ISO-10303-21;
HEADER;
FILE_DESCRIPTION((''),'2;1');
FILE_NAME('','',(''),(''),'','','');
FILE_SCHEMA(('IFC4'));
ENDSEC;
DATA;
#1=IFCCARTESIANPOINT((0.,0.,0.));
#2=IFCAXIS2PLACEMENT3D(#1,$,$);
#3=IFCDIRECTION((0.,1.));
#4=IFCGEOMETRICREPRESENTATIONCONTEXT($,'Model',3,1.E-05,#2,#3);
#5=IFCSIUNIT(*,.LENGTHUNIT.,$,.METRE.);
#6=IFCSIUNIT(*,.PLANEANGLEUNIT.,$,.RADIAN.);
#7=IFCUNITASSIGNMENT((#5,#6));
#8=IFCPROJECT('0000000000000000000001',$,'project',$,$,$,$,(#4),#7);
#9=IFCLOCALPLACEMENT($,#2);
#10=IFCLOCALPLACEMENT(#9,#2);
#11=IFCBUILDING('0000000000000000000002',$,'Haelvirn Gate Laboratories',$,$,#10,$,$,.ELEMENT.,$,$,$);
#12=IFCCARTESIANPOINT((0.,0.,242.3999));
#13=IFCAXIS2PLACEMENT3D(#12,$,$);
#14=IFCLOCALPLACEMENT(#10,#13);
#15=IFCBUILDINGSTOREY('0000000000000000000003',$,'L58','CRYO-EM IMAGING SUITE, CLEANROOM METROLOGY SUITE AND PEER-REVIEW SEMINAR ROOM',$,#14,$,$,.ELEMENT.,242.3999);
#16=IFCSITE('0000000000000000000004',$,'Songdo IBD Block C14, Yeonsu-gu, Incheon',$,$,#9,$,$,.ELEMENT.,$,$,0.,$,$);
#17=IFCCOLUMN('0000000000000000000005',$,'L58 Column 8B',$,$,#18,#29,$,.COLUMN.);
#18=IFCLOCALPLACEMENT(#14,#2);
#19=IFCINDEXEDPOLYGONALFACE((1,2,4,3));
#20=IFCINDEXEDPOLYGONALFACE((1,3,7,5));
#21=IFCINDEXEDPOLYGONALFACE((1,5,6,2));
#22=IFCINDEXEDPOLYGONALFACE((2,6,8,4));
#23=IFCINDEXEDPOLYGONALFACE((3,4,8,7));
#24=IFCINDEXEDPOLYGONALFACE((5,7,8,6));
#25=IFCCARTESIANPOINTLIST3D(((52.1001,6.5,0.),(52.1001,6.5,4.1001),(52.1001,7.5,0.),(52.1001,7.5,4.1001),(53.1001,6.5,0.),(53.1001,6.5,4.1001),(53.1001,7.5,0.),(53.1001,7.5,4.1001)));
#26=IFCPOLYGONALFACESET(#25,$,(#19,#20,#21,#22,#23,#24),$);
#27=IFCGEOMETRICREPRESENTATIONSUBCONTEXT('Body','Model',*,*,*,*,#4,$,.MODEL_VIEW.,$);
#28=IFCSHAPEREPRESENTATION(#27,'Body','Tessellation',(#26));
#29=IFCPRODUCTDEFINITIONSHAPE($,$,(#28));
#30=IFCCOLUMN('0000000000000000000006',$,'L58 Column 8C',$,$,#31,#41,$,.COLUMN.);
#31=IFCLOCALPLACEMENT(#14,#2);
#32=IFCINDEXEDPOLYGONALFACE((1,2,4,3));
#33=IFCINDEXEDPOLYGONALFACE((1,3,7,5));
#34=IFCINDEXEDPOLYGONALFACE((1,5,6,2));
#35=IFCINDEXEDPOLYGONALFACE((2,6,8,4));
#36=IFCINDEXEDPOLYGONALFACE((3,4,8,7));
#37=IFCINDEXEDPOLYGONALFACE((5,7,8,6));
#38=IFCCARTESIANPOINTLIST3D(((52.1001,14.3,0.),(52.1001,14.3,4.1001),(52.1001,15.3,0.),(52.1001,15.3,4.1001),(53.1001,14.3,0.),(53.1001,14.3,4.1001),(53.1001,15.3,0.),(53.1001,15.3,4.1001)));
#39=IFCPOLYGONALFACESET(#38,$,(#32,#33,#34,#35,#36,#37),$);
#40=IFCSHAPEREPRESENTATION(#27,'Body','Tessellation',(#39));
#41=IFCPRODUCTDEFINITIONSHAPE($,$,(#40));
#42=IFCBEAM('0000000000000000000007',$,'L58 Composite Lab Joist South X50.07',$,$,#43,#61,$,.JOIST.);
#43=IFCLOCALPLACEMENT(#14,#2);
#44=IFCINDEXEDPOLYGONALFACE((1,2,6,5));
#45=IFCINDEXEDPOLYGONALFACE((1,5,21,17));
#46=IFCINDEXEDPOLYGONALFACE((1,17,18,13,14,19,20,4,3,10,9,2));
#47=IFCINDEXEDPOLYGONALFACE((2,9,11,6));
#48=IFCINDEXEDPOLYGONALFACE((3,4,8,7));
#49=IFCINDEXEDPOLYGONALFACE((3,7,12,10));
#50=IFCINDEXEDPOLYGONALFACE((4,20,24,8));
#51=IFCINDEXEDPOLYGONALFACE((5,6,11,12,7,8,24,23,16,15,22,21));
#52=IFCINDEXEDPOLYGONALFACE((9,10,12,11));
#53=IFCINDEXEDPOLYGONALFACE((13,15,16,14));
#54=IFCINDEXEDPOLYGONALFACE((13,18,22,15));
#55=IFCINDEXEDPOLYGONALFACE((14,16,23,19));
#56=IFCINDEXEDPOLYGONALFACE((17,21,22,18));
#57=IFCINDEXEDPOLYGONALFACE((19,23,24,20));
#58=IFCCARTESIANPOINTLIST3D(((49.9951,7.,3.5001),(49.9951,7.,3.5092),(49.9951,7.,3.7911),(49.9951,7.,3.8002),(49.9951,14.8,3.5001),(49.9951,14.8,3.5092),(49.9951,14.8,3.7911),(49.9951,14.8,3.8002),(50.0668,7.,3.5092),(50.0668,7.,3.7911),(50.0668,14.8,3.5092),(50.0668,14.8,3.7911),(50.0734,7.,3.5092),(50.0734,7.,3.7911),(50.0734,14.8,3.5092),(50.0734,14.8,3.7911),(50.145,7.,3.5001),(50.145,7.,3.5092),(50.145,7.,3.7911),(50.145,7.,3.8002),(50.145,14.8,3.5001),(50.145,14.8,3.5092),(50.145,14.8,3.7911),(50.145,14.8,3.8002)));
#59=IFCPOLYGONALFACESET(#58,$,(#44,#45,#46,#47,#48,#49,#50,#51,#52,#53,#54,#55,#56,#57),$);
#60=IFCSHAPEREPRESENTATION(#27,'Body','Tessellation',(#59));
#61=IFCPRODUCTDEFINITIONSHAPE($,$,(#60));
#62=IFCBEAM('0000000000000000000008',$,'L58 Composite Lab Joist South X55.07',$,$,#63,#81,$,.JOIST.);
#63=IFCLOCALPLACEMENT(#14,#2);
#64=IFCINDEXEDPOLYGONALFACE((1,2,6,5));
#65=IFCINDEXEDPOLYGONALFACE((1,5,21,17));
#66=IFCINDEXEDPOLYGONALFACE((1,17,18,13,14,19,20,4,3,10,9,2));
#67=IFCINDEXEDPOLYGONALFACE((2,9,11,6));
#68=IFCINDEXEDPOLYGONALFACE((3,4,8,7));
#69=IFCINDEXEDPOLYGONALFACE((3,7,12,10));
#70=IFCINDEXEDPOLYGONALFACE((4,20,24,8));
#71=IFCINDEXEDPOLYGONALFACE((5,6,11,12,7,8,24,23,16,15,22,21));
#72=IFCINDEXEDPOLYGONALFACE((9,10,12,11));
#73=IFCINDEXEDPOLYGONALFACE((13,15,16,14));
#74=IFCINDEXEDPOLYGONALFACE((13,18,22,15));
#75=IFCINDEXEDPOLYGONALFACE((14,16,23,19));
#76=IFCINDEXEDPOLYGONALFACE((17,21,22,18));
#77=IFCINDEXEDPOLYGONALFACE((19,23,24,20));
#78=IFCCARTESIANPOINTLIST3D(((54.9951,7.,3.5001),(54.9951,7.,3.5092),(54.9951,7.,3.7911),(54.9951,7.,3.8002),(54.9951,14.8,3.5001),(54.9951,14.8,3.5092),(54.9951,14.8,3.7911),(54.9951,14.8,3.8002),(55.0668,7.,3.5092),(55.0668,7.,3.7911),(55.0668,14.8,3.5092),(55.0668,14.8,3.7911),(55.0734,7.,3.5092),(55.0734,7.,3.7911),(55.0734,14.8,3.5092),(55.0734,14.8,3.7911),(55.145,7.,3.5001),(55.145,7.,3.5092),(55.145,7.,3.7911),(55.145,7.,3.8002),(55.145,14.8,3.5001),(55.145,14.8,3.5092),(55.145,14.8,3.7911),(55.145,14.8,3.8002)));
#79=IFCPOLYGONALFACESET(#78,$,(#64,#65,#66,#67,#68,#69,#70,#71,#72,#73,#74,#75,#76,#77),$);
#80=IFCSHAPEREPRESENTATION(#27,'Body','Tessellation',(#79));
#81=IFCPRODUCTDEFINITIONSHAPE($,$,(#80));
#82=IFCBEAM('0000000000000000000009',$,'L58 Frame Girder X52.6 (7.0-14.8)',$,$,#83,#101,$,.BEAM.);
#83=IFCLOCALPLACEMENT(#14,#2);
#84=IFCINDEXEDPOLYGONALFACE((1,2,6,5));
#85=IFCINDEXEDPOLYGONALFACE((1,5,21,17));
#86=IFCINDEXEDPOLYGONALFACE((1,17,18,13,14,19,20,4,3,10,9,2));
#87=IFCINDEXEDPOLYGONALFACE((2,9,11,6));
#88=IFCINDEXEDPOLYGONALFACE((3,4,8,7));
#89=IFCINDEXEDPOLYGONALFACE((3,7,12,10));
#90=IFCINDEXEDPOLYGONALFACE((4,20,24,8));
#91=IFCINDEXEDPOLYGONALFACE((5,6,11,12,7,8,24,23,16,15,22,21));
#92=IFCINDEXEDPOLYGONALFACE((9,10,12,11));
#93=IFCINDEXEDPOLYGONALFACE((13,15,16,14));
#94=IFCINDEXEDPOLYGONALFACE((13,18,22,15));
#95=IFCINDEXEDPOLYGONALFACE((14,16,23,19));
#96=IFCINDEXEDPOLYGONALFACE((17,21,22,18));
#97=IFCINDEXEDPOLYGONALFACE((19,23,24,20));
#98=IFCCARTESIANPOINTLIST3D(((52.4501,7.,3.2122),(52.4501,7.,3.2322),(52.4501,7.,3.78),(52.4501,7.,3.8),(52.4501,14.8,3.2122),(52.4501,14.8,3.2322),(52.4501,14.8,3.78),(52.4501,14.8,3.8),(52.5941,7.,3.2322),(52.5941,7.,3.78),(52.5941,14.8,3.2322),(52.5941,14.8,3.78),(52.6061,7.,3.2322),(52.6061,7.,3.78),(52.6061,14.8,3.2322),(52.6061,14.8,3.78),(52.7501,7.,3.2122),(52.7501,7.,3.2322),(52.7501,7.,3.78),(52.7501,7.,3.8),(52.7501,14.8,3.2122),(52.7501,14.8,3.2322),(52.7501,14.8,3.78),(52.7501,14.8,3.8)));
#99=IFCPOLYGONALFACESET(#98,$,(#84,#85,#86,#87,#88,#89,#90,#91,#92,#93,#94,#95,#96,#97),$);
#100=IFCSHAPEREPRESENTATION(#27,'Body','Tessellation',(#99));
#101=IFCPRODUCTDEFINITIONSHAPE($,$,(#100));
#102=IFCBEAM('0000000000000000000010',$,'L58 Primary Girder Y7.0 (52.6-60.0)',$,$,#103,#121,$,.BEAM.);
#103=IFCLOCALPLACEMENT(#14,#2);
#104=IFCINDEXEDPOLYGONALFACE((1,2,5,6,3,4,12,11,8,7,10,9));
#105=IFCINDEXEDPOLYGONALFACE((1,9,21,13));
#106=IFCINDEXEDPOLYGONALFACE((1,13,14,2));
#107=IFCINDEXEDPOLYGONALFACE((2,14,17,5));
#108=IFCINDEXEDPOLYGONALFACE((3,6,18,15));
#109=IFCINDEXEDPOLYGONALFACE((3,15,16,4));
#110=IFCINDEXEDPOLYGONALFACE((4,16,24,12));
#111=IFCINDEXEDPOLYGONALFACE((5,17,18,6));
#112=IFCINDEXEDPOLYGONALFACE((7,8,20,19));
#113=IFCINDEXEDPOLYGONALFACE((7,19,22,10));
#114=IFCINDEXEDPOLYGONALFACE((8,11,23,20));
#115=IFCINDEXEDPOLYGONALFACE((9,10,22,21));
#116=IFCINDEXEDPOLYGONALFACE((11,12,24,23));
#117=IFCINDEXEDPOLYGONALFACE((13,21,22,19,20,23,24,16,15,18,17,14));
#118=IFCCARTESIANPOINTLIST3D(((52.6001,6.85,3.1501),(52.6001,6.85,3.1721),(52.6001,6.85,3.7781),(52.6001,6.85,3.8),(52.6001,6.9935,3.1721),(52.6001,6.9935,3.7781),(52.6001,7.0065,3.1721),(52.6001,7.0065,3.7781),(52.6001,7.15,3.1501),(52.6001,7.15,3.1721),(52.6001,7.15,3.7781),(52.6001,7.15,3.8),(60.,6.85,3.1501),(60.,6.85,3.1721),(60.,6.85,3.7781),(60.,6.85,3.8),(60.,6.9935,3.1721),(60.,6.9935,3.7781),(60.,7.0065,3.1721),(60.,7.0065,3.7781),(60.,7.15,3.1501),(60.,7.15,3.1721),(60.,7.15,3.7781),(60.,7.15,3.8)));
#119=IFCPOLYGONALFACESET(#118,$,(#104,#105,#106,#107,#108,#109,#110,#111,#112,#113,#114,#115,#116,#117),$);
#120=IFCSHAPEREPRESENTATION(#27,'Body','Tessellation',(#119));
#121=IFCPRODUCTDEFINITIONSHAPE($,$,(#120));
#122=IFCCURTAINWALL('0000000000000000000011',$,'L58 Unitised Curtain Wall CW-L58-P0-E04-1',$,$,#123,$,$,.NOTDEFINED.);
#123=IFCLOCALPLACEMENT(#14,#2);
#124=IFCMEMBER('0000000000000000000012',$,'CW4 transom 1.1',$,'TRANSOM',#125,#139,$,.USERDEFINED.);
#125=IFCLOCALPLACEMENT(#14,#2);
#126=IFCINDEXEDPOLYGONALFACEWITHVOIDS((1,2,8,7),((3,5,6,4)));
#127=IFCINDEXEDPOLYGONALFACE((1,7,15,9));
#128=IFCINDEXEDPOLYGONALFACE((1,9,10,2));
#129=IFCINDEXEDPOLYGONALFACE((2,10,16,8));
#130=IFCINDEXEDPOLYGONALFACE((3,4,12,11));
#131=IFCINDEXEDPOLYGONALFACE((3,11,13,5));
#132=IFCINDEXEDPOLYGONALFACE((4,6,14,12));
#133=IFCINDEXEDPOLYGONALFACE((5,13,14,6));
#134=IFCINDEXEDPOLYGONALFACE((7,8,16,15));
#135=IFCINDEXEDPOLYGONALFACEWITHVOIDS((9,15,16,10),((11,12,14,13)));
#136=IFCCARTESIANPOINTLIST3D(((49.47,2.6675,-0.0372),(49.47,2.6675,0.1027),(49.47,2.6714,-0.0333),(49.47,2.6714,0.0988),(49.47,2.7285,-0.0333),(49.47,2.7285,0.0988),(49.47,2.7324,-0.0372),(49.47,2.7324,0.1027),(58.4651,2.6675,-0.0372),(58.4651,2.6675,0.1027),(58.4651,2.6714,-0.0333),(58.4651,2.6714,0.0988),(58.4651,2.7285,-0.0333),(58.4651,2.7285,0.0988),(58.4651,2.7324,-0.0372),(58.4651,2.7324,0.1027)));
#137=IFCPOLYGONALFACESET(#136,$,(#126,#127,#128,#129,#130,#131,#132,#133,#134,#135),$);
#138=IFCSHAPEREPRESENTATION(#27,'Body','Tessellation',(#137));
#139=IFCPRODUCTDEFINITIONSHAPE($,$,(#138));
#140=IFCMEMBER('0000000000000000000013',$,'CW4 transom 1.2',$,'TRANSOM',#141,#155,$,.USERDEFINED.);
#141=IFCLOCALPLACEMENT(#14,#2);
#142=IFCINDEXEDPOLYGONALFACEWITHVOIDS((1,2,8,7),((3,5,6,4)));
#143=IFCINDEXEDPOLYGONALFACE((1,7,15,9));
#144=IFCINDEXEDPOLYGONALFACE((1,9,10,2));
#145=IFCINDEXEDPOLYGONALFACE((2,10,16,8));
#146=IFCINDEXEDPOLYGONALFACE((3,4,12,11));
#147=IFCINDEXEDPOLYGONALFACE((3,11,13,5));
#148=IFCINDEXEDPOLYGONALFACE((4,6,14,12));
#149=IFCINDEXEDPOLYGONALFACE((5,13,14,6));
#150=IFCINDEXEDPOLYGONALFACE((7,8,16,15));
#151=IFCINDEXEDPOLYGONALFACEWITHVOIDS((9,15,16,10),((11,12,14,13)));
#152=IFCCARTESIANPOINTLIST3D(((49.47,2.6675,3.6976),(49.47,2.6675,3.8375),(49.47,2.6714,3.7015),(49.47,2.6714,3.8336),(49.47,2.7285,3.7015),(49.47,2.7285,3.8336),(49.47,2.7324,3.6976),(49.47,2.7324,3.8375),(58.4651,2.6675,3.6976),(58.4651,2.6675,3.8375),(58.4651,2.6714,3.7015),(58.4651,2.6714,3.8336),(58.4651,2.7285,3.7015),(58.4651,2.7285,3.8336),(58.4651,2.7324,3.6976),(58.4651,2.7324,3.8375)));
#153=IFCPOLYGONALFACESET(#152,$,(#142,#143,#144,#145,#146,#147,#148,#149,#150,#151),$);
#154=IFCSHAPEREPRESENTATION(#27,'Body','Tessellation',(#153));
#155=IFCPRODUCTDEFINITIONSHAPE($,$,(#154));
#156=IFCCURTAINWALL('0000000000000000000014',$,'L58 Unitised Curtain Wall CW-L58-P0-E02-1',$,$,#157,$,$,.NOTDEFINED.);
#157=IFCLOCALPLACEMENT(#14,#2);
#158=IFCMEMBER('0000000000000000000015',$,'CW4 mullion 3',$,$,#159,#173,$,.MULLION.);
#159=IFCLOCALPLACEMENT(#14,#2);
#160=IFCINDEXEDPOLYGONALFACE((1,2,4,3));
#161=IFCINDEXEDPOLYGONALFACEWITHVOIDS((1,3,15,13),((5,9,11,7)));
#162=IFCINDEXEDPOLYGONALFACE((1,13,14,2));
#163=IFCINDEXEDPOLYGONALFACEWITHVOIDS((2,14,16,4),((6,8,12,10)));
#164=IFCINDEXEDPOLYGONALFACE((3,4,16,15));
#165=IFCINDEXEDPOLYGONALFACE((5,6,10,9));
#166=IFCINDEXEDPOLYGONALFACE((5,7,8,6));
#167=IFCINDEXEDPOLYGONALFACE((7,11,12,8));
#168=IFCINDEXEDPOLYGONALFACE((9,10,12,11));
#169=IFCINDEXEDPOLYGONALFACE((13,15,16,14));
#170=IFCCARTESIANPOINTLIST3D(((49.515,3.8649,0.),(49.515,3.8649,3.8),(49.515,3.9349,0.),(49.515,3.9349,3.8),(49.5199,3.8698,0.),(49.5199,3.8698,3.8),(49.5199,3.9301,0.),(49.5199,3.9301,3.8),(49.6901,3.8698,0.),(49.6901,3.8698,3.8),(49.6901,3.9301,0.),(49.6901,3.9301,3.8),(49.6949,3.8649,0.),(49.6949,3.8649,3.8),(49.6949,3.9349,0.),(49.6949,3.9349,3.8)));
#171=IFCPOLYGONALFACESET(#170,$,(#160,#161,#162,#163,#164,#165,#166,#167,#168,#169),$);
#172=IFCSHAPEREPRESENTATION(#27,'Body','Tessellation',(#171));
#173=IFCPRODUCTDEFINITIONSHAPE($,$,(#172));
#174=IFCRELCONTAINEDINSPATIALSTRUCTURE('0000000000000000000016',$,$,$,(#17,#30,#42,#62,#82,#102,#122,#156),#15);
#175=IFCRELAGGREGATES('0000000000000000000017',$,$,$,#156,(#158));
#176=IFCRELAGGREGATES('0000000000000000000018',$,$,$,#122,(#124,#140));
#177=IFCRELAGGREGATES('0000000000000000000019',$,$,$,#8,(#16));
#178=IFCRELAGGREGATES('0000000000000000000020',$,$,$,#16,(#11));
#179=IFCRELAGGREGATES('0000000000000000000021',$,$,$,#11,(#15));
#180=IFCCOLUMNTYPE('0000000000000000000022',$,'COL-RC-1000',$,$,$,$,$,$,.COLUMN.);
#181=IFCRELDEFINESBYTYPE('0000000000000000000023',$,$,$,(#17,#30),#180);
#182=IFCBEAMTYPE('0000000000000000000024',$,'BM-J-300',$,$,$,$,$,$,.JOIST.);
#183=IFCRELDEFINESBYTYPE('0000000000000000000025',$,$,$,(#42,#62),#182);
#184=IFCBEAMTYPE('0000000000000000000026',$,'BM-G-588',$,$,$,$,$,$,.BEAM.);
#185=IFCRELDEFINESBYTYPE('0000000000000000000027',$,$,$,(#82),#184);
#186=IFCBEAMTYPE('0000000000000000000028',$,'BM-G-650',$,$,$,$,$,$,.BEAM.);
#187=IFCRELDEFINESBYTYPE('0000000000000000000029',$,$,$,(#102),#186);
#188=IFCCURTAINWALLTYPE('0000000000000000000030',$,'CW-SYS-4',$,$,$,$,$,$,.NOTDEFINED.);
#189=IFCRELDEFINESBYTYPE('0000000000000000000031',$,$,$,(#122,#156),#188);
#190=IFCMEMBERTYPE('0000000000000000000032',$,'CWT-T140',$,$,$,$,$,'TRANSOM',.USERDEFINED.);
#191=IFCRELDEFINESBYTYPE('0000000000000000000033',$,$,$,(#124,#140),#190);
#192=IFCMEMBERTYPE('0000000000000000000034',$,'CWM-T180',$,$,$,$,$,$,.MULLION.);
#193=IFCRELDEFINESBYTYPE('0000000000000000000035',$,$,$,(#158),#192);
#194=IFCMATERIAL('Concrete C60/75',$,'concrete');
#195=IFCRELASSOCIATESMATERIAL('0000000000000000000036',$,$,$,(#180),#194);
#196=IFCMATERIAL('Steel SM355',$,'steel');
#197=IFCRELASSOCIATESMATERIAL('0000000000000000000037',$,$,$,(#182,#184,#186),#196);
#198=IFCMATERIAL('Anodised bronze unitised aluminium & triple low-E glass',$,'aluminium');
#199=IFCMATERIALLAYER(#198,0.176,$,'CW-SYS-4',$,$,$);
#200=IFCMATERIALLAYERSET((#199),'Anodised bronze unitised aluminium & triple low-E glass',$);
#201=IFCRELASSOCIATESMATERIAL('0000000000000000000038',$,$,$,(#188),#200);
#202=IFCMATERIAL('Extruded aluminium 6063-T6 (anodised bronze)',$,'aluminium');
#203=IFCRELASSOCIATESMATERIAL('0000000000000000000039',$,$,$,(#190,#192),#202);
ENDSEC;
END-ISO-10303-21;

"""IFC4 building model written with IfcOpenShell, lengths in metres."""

from ifc_helpers import new_model, si_unit, direction, frame, origin, origin_2d, place, context, subcontext, project, spatial, rectangle, hollow_rectangle, i_section, extrude, source, transform, mapped, material, layer, layer_set, material_profile, profile_set, type_object, type_shapes, element, aggregate, save


model = new_model("IFC4")

# Units and contexts
model_context = context("Model", 3, precision=1e-05, world=origin(), true_north=direction((0.0, 1.0)))
body_context = subcontext(model_context, "Body", "Model", "MODEL_VIEW")
ifc_project = project(units=[si_unit("LENGTHUNIT", "METRE"), si_unit("PLANEANGLEUNIT", "RADIAN")], contexts=[model_context])

# Site, building, storey
site_placement = place(None, origin())
site = spatial("IfcSite", under=ifc_project, at=site_placement, Name="Songdo IBD Block C14, Yeonsu-gu, Incheon", CompositionType="ELEMENT", RefElevation=0.0)
building_placement = place(site_placement, origin())
building = spatial("IfcBuilding", under=site, at=building_placement, Name="Haelvirn Gate Laboratories", CompositionType="ELEMENT")
storey_placement = place(building_placement, frame((0.0, 0.0, 242.3999)))
storey = spatial("IfcBuildingStorey", under=building, at=storey_placement, Name="L58", Description="CRYO-EM IMAGING SUITE, CLEANROOM METROLOGY SUITE AND PEER-REVIEW SEMINAR ROOM", CompositionType="ELEMENT", Elevation=242.3999)

# Columns
ifc_material_1 = material(Name="Concrete C60/75", Category="concrete")
ifc_material_profile_1 = material_profile(ifc_material_1, rectangle(XDim=1.0, YDim=1.0, at=origin_2d()), Name="RC-1000x1000")
ifc_profile_set_1 = profile_set([ifc_material_profile_1], Name="Concrete C60/75")
column_type = type_object("IfcColumnType", Name="COL-RC-1000", PredefinedType="COLUMN", material=ifc_profile_set_1)
shared_shape_1 = source(origin(), body_context, "Body", "SweptSolid", [
    extrude(rectangle(XDim=1.0, YDim=1.0, at=origin_2d()), origin(), (0.0, 0.0, 1.0), 4.1001),
])
type_shapes(column_type, [shared_shape_1])
for number, where, z_axis, x_axis, name in (
    (1, (52.6001, 7.0, 0.0), (0.0, 0.0, 1.0), (1.0, 0.0, 0.0), "L58 Column 8B"),
    (2, (52.6001, 14.8, 0.0), (0.0, 0.0, 1.0), (1.0, 0.0, 0.0), "L58 Column 8C"),
):
    element("IfcColumn", number, at=place(storey_placement, frame(where, z_axis=z_axis, x_axis=x_axis)), inside=storey, type_object=column_type, Name=name, PredefinedType="COLUMN", context=body_context, shape_type="MappedRepresentation", body=[
        mapped(shared_shape_1, transform((0.0, 0.0, 0.0), scale=1.0)),
    ])

# Beams
ifc_material_2 = material(Name="Steel SM355", Category="steel")
ifc_material_profile_2 = material_profile(ifc_material_2, i_section(OverallWidth=0.1499, OverallDepth=0.3, WebThickness=0.0066, FlangeThickness=0.009, at=origin_2d()), Name="H-300x150x6.5x9")
ifc_profile_set_2 = profile_set([ifc_material_profile_2], Name="Steel SM355")
beam_type_1 = type_object("IfcBeamType", Name="BM-J-300", PredefinedType="JOIST", material=ifc_profile_set_2)
shared_shape_2 = source(origin(), body_context, "Body", "SweptSolid", [
    extrude(i_section(OverallWidth=0.1499, OverallDepth=0.3, WebThickness=0.0066, FlangeThickness=0.009, at=origin_2d()), origin(), (0.0, 0.0, 1.0), 7.8),
])
type_shapes(beam_type_1, [shared_shape_2])
for number, where, z_axis, x_axis, name in (
    (3, (50.0701, 7.0, 3.6501), (0.0, 1.0, 0.0), (-1.0, 0.0, 0.0), "L58 Composite Lab Joist South X50.07"),
    (4, (55.0701, 7.0, 3.6501), (0.0, 1.0, 0.0), (-1.0, 0.0, 0.0), "L58 Composite Lab Joist South X55.07"),
):
    element("IfcBeam", number, at=place(storey_placement, frame(where, z_axis=z_axis, x_axis=x_axis)), inside=storey, type_object=beam_type_1, Name=name, PredefinedType="JOIST", context=body_context, shape_type="MappedRepresentation", body=[
        mapped(shared_shape_2, transform((0.0, 0.0, 0.0), scale=1.0)),
    ])
ifc_material_profile_3 = material_profile(ifc_material_2, i_section(OverallWidth=0.3, OverallDepth=0.5879, WebThickness=0.012, FlangeThickness=0.02, at=origin_2d()), Name="H-588x300x12x20")
ifc_profile_set_3 = profile_set([ifc_material_profile_3], Name="Steel SM355")
beam_type_2 = type_object("IfcBeamType", Name="BM-G-588", PredefinedType="BEAM", material=ifc_profile_set_3)
shared_shape_3 = source(origin(), body_context, "Body", "SweptSolid", [
    extrude(i_section(OverallWidth=0.3, OverallDepth=0.5879, WebThickness=0.012, FlangeThickness=0.02, at=origin_2d()), origin(), (0.0, 0.0, 1.0), 7.8),
])
type_shapes(beam_type_2, [shared_shape_3])
beam_1_placement = place(storey_placement, frame((52.6001, 7.0, 3.5061), z_axis=(0.0, 1.0, 0.0), x_axis=(-1.0, 0.0, 0.0)))
element("IfcBeam", 5, at=beam_1_placement, inside=storey, type_object=beam_type_2, Name="L58 Frame Girder X52.6 (7.0-14.8)", PredefinedType="BEAM", context=body_context, shape_type="MappedRepresentation", body=[
    mapped(shared_shape_3, transform((0.0, 0.0, 0.0), scale=1.0)),
])
ifc_material_profile_4 = material_profile(ifc_material_2, i_section(OverallWidth=0.3, OverallDepth=0.6499, WebThickness=0.0129, FlangeThickness=0.022, at=origin_2d()), Name="H-650x300x13x22")
ifc_profile_set_4 = profile_set([ifc_material_profile_4], Name="Steel SM355")
beam_type_3 = type_object("IfcBeamType", Name="BM-G-650", PredefinedType="BEAM", material=ifc_profile_set_4)
shared_shape_4 = source(origin(), body_context, "Body", "SweptSolid", [
    extrude(i_section(OverallWidth=0.3, OverallDepth=0.6499, WebThickness=0.0129, FlangeThickness=0.022, at=origin_2d()), origin(), (0.0, 0.0, 1.0), 7.3999),
])
type_shapes(beam_type_3, [shared_shape_4])
beam_2_placement = place(storey_placement, frame((52.6001, 7.0, 3.4751), z_axis=(1.0, 0.0, 0.0), x_axis=(0.0, 1.0, 0.0)))
element("IfcBeam", 6, at=beam_2_placement, inside=storey, type_object=beam_type_3, Name="L58 Primary Girder Y7.0 (52.6-60.0)", PredefinedType="BEAM", context=body_context, shape_type="MappedRepresentation", body=[
    mapped(shared_shape_4, transform((0.0, 0.0, 0.0), scale=1.0)),
])

# Curtain wall, members
ifc_material_3 = material(Name="Anodised bronze unitised aluminium & triple low-E glass", Category="aluminium")
ifc_layer_1 = layer(ifc_material_3, 0.176, Name="CW-SYS-4")
ifc_layer_set_1 = layer_set([ifc_layer_1], Name="Anodised bronze unitised aluminium & triple low-E glass")
curtain_wall_type = type_object("IfcCurtainWallType", Name="CW-SYS-4", PredefinedType="NOTDEFINED", material=ifc_layer_set_1)
curtain_wall_1_placement = place(storey_placement, origin())
curtain_wall_1 = element("IfcCurtainWall", 7, at=curtain_wall_1_placement, inside=storey, type_object=curtain_wall_type, Name="L58 Unitised Curtain Wall CW-L58-P0-E04-1", PredefinedType="NOTDEFINED")
ifc_material_4 = material(Name="Extruded aluminium 6063-T6 (anodised bronze)", Category="aluminium")
ifc_material_profile_5 = material_profile(ifc_material_4, hollow_rectangle(XDim=0.0649, YDim=0.1399, WallThickness=0.0039, at=origin_2d()), Name="CWT-140x65x4")
ifc_profile_set_5 = profile_set([ifc_material_profile_5], Name="Extruded aluminium 6063-T6 (anodised bronze)")
member_type_1 = type_object("IfcMemberType", Name="CWT-T140", ElementType="TRANSOM", PredefinedType="USERDEFINED", material=ifc_profile_set_5)
shared_shape_5 = source(origin(), body_context, "Body", "SweptSolid", [
    extrude(hollow_rectangle(XDim=0.0649, YDim=0.1399, WallThickness=0.0039, at=origin_2d()), origin(), (0.0, 0.0, 1.0), 8.9951),
])
type_shapes(member_type_1, [shared_shape_5])
member_1_placement = place(storey_placement, frame((49.47, 2.7, 0.0327), z_axis=(1.0, 0.0, 0.0), x_axis=(0.0, 1.0, 0.0)))
member_1 = element("IfcMember", 8, at=member_1_placement, type_object=member_type_1, Name="CW4 transom 1.1", ObjectType="TRANSOM", PredefinedType="USERDEFINED", context=body_context, shape_type="MappedRepresentation", body=[
    mapped(shared_shape_5, transform((0.0, 0.0, 0.0), scale=1.0)),
])
member_2_placement = place(storey_placement, frame((49.47, 2.7, 3.7676), z_axis=(1.0, 0.0, 0.0), x_axis=(0.0, 1.0, 0.0)))
member_2 = element("IfcMember", 9, at=member_2_placement, type_object=member_type_1, Name="CW4 transom 1.2", ObjectType="TRANSOM", PredefinedType="USERDEFINED", context=body_context, shape_type="MappedRepresentation", body=[
    mapped(shared_shape_5, transform((0.0, 0.0, 0.0), scale=1.0)),
])

# Curtain wall, member
curtain_wall_2_placement = place(storey_placement, origin())
curtain_wall_2 = element("IfcCurtainWall", 10, at=curtain_wall_2_placement, inside=storey, type_object=curtain_wall_type, Name="L58 Unitised Curtain Wall CW-L58-P0-E02-1", PredefinedType="NOTDEFINED")
ifc_material_profile_6 = material_profile(ifc_material_4, hollow_rectangle(XDim=0.0701, YDim=0.1799, WallThickness=0.0049, at=origin_2d()), Name="CWM-180x70x5")
ifc_profile_set_6 = profile_set([ifc_material_profile_6], Name="Extruded aluminium 6063-T6 (anodised bronze)")
member_type_2 = type_object("IfcMemberType", Name="CWM-T180", PredefinedType="MULLION", material=ifc_profile_set_6)
shared_shape_6 = source(origin(), body_context, "Body", "SweptSolid", [
    extrude(hollow_rectangle(XDim=0.0701, YDim=0.1799, WallThickness=0.0049, at=origin_2d()), origin(), (0.0, 0.0, 1.0), 3.8),
])
type_shapes(member_type_2, [shared_shape_6])
member_3_placement = place(storey_placement, frame((49.605, 3.8999, 0.0), z_axis=(0.0, 0.0, 1.0), x_axis=(0.0, 1.0, 0.0)))
member_3 = element("IfcMember", 11, at=member_3_placement, type_object=member_type_2, Name="CW4 mullion 3", PredefinedType="MULLION", context=body_context, shape_type="MappedRepresentation", body=[
    mapped(shared_shape_6, transform((0.0, 0.0, 0.0), scale=1.0)),
])
aggregate(curtain_wall_2, [member_3])

aggregate(curtain_wall_1, [member_1, member_2])

save(model, "model.ifc")
